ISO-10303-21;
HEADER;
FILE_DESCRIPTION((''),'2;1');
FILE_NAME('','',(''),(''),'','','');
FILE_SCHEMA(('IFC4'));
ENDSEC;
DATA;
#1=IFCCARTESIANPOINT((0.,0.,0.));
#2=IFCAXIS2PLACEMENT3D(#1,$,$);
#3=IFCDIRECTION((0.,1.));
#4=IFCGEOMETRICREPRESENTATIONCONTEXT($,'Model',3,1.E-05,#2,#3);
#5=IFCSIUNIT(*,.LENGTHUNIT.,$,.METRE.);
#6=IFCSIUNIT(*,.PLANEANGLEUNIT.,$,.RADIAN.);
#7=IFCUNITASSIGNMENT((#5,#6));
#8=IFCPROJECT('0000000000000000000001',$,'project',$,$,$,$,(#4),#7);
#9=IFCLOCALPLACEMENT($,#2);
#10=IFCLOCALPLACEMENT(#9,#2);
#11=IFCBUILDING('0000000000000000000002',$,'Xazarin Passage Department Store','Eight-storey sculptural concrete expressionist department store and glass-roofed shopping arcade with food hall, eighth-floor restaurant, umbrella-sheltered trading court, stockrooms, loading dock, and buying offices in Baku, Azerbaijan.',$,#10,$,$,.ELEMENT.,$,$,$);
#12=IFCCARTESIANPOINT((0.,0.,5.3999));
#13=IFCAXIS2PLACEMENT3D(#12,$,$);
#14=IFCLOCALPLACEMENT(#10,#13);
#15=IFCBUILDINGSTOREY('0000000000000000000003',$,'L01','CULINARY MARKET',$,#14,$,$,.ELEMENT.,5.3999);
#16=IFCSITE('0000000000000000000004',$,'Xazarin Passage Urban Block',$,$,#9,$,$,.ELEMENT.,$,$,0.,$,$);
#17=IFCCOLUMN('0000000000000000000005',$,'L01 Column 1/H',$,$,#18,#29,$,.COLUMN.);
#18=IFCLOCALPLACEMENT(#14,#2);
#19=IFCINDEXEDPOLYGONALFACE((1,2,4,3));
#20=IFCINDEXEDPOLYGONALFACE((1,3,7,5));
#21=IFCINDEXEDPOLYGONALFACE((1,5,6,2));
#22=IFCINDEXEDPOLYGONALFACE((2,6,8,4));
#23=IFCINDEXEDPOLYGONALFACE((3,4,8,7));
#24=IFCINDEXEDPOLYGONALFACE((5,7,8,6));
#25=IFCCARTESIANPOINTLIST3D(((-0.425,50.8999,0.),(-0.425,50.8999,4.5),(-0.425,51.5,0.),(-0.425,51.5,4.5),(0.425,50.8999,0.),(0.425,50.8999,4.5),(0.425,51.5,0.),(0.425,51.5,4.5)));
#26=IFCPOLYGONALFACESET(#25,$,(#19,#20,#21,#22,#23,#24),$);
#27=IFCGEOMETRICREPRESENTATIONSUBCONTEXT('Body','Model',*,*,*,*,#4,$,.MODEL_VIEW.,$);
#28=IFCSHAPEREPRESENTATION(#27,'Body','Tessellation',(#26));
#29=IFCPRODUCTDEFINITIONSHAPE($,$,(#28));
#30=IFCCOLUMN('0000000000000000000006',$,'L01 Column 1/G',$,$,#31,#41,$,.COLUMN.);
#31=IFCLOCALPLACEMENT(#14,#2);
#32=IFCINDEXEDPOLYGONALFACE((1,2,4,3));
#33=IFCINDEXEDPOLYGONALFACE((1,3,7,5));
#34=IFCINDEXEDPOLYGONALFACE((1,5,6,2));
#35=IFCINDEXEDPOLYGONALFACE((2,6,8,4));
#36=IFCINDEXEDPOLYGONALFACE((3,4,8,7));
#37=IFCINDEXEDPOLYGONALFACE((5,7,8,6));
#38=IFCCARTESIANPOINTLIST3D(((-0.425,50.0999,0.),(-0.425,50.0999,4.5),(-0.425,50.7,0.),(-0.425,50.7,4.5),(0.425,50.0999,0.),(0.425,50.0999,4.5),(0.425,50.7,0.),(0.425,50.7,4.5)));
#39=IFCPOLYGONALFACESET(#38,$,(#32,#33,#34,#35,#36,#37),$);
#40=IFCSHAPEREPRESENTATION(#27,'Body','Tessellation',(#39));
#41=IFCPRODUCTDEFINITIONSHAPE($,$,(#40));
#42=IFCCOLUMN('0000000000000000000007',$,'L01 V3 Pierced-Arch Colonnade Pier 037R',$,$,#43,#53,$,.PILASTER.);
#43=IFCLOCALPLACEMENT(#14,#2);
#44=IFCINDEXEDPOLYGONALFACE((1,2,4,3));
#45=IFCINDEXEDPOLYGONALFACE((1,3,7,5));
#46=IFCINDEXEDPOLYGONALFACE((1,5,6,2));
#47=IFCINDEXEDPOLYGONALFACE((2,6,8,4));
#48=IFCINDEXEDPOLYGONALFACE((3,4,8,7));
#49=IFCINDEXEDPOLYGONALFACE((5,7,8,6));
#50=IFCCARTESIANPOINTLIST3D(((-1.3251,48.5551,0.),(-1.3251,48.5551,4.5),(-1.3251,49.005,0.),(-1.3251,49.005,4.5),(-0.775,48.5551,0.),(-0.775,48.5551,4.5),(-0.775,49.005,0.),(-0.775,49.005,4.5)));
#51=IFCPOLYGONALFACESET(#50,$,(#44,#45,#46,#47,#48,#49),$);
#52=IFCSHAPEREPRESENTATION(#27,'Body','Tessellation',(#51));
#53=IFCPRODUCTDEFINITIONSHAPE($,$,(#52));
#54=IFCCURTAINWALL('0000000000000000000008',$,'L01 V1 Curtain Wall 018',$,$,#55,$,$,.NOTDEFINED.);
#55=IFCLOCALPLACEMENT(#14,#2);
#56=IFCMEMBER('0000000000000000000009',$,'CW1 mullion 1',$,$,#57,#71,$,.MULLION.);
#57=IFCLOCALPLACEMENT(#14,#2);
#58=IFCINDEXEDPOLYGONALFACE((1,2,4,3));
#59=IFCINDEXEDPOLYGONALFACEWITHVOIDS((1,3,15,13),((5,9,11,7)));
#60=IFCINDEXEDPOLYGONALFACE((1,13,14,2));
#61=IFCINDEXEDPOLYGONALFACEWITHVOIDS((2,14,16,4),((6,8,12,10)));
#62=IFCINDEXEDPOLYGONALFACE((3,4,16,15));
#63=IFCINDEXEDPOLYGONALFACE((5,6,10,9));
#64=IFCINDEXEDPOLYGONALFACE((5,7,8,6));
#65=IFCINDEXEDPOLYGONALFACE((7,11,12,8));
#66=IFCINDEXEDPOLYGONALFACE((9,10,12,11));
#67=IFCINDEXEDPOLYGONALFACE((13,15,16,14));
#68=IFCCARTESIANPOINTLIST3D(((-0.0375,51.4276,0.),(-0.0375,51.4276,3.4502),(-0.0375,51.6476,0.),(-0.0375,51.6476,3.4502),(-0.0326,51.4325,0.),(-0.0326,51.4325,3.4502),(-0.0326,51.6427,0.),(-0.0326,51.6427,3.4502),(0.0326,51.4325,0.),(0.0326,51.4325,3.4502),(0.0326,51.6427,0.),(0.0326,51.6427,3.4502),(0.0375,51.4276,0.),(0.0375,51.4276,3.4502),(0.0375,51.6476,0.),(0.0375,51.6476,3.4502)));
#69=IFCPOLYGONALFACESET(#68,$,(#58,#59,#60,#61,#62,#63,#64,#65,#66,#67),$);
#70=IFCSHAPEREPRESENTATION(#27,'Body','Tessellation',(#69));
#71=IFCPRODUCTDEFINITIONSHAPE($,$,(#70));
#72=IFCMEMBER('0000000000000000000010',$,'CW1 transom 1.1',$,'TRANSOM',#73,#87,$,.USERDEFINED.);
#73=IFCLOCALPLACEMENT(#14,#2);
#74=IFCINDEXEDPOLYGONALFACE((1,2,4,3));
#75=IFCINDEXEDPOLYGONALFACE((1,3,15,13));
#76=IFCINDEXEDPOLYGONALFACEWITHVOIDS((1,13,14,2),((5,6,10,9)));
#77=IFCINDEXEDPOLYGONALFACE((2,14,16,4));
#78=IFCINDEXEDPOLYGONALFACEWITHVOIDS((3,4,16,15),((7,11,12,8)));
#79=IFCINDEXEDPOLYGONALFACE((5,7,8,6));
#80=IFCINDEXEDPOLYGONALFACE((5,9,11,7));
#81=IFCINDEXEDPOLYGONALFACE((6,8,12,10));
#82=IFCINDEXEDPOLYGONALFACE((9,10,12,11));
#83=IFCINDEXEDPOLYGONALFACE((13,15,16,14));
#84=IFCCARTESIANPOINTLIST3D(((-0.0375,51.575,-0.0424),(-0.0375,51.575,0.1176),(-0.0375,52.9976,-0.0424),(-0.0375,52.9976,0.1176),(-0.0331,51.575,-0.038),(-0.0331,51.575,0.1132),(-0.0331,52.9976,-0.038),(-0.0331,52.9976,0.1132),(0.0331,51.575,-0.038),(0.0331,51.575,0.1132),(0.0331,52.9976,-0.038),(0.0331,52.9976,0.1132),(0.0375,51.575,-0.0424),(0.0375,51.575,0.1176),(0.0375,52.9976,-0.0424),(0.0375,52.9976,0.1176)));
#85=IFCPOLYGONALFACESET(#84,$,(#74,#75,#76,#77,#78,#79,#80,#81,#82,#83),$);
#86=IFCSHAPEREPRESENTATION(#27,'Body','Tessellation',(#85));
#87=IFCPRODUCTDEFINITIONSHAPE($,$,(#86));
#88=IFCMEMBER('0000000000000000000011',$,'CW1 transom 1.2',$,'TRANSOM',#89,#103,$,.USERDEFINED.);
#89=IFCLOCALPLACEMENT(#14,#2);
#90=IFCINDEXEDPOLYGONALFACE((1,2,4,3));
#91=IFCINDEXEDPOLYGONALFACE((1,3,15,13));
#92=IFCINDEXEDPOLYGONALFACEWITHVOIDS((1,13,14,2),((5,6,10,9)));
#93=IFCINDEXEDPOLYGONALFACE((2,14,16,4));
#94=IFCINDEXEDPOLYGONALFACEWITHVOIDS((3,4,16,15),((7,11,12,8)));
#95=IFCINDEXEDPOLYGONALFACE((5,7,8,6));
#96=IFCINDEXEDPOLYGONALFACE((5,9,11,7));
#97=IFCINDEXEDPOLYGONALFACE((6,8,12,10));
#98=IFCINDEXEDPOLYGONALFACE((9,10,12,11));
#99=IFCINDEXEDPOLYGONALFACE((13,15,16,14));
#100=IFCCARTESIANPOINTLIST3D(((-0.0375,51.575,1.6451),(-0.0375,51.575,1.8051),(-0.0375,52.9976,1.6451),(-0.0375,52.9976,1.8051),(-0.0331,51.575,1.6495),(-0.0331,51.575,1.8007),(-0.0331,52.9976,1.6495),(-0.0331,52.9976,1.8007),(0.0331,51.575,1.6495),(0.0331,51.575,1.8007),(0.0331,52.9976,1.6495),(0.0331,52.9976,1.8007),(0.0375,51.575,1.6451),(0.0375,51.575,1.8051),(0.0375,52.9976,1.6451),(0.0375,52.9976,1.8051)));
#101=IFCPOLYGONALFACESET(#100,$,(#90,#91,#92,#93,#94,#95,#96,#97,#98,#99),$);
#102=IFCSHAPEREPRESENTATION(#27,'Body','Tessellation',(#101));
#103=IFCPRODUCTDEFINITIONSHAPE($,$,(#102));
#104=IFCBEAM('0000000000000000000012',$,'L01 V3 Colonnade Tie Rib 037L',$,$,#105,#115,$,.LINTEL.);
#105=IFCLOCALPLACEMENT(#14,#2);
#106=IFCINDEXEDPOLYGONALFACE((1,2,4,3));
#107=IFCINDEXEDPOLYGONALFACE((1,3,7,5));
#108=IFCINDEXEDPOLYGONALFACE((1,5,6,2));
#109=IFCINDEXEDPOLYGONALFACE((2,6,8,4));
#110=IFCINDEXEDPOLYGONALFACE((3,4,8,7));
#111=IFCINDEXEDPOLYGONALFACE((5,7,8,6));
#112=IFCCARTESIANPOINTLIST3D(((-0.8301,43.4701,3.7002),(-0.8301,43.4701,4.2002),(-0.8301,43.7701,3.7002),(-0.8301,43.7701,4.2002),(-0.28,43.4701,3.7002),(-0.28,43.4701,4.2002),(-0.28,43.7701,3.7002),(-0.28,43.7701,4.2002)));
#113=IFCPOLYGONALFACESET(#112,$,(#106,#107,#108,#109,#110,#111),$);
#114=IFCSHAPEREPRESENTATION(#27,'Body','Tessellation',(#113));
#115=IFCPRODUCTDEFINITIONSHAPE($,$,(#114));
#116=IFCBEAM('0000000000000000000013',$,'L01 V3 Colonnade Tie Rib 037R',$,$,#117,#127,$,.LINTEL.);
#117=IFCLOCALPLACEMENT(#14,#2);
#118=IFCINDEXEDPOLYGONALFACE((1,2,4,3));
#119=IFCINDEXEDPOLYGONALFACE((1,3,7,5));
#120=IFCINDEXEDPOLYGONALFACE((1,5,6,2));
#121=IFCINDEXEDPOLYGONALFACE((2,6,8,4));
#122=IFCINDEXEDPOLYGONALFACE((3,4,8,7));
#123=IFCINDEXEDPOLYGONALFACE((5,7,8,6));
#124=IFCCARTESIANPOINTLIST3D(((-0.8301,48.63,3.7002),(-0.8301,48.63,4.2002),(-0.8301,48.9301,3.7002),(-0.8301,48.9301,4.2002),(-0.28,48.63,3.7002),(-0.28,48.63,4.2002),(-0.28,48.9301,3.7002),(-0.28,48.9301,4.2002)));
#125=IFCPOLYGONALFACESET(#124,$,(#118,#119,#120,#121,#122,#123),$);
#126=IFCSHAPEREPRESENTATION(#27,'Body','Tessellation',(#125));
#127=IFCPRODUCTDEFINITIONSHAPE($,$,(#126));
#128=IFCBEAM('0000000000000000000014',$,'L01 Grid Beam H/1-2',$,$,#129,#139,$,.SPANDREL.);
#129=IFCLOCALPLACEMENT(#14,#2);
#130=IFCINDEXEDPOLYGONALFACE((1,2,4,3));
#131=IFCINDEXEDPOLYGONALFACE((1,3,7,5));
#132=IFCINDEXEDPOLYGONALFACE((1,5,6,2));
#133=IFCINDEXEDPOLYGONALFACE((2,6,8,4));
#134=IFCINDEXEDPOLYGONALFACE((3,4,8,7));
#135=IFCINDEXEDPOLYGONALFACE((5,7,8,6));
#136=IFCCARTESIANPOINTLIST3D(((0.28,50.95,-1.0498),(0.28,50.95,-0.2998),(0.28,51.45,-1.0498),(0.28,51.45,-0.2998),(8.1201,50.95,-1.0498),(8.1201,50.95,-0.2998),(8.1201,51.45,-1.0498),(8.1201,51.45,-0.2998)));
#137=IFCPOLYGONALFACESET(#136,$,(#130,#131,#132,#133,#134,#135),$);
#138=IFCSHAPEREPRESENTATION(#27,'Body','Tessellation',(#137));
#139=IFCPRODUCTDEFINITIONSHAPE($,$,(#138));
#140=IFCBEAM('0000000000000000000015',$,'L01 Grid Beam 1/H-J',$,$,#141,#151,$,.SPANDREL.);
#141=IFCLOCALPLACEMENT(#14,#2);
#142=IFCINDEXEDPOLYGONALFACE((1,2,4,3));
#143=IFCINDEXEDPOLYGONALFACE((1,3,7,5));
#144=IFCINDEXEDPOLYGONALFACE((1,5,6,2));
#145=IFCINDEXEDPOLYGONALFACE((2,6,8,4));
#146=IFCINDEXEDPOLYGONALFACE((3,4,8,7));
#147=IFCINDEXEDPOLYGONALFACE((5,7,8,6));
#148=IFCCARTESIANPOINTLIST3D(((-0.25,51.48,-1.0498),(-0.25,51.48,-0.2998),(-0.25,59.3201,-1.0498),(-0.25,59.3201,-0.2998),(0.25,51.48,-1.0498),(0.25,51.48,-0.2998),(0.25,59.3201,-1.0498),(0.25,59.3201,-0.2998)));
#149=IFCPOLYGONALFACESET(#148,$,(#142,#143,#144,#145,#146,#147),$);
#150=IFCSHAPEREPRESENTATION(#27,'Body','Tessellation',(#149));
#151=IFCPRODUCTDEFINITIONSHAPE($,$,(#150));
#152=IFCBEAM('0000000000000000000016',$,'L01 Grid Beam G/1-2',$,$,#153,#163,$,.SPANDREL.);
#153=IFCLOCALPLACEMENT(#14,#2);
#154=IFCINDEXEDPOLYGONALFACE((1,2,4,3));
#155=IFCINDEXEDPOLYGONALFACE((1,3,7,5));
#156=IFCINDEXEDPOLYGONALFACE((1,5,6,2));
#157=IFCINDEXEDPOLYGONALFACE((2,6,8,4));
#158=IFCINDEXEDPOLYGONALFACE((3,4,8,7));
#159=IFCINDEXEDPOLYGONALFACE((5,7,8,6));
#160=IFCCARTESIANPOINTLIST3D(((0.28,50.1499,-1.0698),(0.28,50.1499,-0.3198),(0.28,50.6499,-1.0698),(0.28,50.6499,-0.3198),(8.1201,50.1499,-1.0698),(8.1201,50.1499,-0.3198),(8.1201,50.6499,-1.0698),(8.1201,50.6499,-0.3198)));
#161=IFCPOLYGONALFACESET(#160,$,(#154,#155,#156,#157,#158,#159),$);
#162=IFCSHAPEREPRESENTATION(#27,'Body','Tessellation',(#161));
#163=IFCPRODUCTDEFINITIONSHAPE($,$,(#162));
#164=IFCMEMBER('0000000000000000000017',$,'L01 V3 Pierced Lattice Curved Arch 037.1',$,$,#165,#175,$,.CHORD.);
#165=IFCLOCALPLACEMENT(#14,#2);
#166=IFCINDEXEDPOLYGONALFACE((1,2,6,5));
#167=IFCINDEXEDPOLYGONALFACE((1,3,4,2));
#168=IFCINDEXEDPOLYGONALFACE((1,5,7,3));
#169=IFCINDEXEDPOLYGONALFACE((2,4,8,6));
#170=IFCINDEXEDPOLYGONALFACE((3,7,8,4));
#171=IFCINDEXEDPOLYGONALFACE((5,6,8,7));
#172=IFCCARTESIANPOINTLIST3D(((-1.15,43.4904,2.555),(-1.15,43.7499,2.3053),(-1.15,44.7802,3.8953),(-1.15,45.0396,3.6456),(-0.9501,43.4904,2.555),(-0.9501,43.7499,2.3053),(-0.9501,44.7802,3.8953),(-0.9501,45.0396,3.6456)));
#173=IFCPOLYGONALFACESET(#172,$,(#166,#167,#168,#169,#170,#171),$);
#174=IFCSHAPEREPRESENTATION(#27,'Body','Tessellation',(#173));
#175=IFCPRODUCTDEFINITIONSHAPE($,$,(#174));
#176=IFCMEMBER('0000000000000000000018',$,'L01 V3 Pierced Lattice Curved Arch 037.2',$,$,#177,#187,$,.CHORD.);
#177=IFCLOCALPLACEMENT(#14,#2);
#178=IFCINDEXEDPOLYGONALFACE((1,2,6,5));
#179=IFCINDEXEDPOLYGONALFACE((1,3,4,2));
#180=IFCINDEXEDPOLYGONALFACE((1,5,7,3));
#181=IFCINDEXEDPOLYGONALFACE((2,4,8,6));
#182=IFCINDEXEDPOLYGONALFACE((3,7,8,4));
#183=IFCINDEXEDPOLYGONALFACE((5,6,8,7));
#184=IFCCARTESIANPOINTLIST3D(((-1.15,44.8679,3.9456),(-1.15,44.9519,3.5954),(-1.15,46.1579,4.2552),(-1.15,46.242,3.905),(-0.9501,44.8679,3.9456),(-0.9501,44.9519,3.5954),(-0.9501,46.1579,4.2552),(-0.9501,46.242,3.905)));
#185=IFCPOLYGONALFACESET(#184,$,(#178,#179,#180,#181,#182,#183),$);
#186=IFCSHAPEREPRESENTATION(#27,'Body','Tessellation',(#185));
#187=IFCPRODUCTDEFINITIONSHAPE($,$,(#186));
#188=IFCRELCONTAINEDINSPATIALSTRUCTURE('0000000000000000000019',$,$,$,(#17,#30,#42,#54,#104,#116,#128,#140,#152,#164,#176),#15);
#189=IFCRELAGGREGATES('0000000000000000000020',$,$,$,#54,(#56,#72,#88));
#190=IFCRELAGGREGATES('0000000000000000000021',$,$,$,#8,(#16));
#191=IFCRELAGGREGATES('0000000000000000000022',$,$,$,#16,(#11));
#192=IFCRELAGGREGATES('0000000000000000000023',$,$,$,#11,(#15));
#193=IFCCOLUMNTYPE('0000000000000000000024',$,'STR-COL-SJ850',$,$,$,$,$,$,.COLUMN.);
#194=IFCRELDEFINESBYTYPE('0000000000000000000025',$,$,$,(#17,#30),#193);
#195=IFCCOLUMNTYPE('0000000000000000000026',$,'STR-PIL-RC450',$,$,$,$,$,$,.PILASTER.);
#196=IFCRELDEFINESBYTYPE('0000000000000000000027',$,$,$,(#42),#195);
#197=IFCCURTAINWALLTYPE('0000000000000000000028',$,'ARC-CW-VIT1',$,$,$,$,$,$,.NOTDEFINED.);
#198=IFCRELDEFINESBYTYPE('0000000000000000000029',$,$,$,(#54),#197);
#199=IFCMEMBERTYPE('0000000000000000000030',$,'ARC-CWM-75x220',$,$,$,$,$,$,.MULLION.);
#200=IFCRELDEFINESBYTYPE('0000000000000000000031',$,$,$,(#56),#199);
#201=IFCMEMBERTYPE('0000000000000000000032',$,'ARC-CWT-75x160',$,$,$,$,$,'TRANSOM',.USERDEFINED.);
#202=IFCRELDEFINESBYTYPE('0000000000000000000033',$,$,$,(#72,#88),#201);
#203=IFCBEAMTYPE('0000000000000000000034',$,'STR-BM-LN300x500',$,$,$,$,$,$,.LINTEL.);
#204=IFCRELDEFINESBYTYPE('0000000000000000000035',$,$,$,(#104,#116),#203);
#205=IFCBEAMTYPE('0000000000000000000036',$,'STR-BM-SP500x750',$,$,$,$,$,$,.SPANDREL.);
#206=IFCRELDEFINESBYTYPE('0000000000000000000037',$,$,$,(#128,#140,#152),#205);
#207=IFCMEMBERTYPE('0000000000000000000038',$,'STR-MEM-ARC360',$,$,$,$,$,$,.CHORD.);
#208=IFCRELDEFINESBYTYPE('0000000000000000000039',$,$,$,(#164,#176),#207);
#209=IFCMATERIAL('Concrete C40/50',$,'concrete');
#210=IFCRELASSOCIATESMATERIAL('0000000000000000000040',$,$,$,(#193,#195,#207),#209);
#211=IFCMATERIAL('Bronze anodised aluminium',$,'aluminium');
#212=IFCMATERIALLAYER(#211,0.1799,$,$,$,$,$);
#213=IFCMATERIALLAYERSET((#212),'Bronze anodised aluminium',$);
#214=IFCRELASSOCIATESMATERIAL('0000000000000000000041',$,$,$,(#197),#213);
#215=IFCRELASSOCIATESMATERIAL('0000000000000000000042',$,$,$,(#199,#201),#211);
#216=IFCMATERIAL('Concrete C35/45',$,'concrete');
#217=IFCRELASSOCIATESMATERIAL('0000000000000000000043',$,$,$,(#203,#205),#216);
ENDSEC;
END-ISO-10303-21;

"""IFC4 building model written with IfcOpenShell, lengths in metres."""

from ifc_helpers import new_model, si_unit, direction, frame, origin, origin_2d, place, context, subcontext, project, spatial, rectangle, hollow_rectangle, extrude, material, layer, layer_set, material_profile, profile_set, type_object, element, aggregate, save


model = new_model("IFC4")

# Units and contexts
model_context = context("Model", 3, precision=1e-05, world=origin(), true_north=direction((0.0, 1.0)))
body_context = subcontext(model_context, "Body", "Model", "MODEL_VIEW")
ifc_project = project(units=[si_unit("LENGTHUNIT", "METRE"), si_unit("PLANEANGLEUNIT", "RADIAN")], contexts=[model_context])

# Site, building, storey
site_placement = place(None, origin())
site = spatial("IfcSite", under=ifc_project, at=site_placement, Name="Xazarin Passage Urban Block", CompositionType="ELEMENT", RefElevation=0.0)
building_placement = place(site_placement, origin())
building = spatial("IfcBuilding", under=site, at=building_placement, Name="Xazarin Passage Department Store", Description="Eight-storey sculptural concrete expressionist department store and glass-roofed shopping arcade with food hall, eighth-floor restaurant, umbrella-sheltered trading court, stockrooms, loading dock, and buying offices in Baku, Azerbaijan.", CompositionType="ELEMENT")
storey_placement = place(building_placement, frame((0.0, 0.0, 5.3999)))
storey = spatial("IfcBuildingStorey", under=building, at=storey_placement, Name="L01", Description="CULINARY MARKET", CompositionType="ELEMENT", Elevation=5.3999)

# Columns
ifc_material_1 = material(Name="Concrete C40/50", Category="concrete")
ifc_material_profile_1 = material_profile(ifc_material_1, rectangle(XDim=0.6001, YDim=0.8501, at=origin_2d()), Name="RC 600x850")
ifc_profile_set_1 = profile_set([ifc_material_profile_1], Name="Concrete C40/50")
column_type_1 = type_object("IfcColumnType", Name="STR-COL-SJ850", PredefinedType="COLUMN", material=ifc_profile_set_1)
for number, where, z_axis, x_axis, name in (
    (1, (0.0, 51.2, 0.0), (0.0, 0.0, 1.0), (0.0, 1.0, 0.0), "L01 Column 1/H"),
    (2, (0.0, 50.3999, 0.0), (0.0, 0.0, 1.0), (0.0, 1.0, 0.0), "L01 Column 1/G"),
):
    element("IfcColumn", number, at=place(storey_placement, frame(where, z_axis=z_axis, x_axis=x_axis)), inside=storey, type_object=column_type_1, Name=name, PredefinedType="COLUMN", context=body_context, shape_type="SweptSolid", body=[
        extrude(rectangle(XDim=0.6001, YDim=0.8501, at=origin_2d()), origin(), (0.0, 0.0, 1.0), 4.5),
    ])
ifc_material_profile_2 = material_profile(ifc_material_1, rectangle(XDim=0.45, YDim=0.55, at=origin_2d()), Name="RC 450x550")
ifc_profile_set_2 = profile_set([ifc_material_profile_2], Name="Concrete C40/50")
column_type_2 = type_object("IfcColumnType", Name="STR-PIL-RC450", PredefinedType="PILASTER", material=ifc_profile_set_2)
column_placement = place(storey_placement, frame((-1.05, 48.78, 0.0), z_axis=(0.0, 0.0, 1.0), x_axis=(0.0, 1.0, 0.0)))
element("IfcColumn", 3, at=column_placement, inside=storey, type_object=column_type_2, Name="L01 V3 Pierced-Arch Colonnade Pier 037R", PredefinedType="PILASTER", context=body_context, shape_type="SweptSolid", body=[
    extrude(rectangle(XDim=0.45, YDim=0.55, at=origin_2d()), origin(), (0.0, 0.0, 1.0), 4.5),
])

# Curtain wall, members
ifc_material_2 = material(Name="Bronze anodised aluminium", Category="aluminium")
ifc_layer_1 = layer(ifc_material_2, 0.1799)
ifc_layer_set_1 = layer_set([ifc_layer_1], Name="Bronze anodised aluminium")
curtain_wall_type = type_object("IfcCurtainWallType", Name="ARC-CW-VIT1", PredefinedType="NOTDEFINED", material=ifc_layer_set_1)
curtain_wall_placement = place(storey_placement, origin())
curtain_wall = element("IfcCurtainWall", 4, at=curtain_wall_placement, inside=storey, type_object=curtain_wall_type, Name="L01 V1 Curtain Wall 018", PredefinedType="NOTDEFINED")
ifc_material_profile_3 = material_profile(ifc_material_2, hollow_rectangle(XDim=0.075, YDim=0.22, WallThickness=0.0049, at=origin_2d()), Name="ALU 75x220")
ifc_profile_set_3 = profile_set([ifc_material_profile_3], Name="Bronze anodised aluminium")
member_type_1 = type_object("IfcMemberType", Name="ARC-CWM-75x220", PredefinedType="MULLION", material=ifc_profile_set_3)
member_1_placement = place(storey_placement, frame((0.0, 51.5376, 0.0), z_axis=(0.0, 0.0, 1.0), x_axis=(-1.0, 0.0, 0.0)))
member_1 = element("IfcMember", 5, at=member_1_placement, type_object=member_type_1, Name="CW1 mullion 1", PredefinedType="MULLION", context=body_context, shape_type="SweptSolid", body=[
    extrude(hollow_rectangle(XDim=0.075, YDim=0.22, WallThickness=0.0049, at=origin_2d()), origin(), (0.0, 0.0, 1.0), 3.4502),
])
ifc_material_profile_4 = material_profile(ifc_material_2, hollow_rectangle(XDim=0.075, YDim=0.1599, WallThickness=0.0044, at=origin_2d()), Name="ALU 75x160")
ifc_profile_set_4 = profile_set([ifc_material_profile_4], Name="Bronze anodised aluminium")
member_type_2 = type_object("IfcMemberType", Name="ARC-CWT-75x160", ElementType="TRANSOM", PredefinedType="USERDEFINED", material=ifc_profile_set_4)
member_2_placement = place(storey_placement, frame((0.0, 51.575, 0.0376), z_axis=(0.0, 1.0, 0.0), x_axis=(-1.0, 0.0, 0.0)))
member_2 = element("IfcMember", 6, at=member_2_placement, type_object=member_type_2, Name="CW1 transom 1.1", ObjectType="TRANSOM", PredefinedType="USERDEFINED", context=body_context, shape_type="SweptSolid", body=[
    extrude(hollow_rectangle(XDim=0.075, YDim=0.1599, WallThickness=0.0044, at=origin_2d()), origin(), (0.0, 0.0, 1.0), 1.4226),
])
member_3_placement = place(storey_placement, frame((0.0, 51.575, 1.7251), z_axis=(0.0, 1.0, 0.0), x_axis=(-1.0, 0.0, 0.0)))
member_3 = element("IfcMember", 7, at=member_3_placement, type_object=member_type_2, Name="CW1 transom 1.2", ObjectType="TRANSOM", PredefinedType="USERDEFINED", context=body_context, shape_type="SweptSolid", body=[
    extrude(hollow_rectangle(XDim=0.075, YDim=0.1599, WallThickness=0.0044, at=origin_2d()), origin(), (0.0, 0.0, 1.0), 1.4226),
])
aggregate(curtain_wall, [member_1, member_2, member_3])

# Beams
ifc_material_3 = material(Name="Concrete C35/45", Category="concrete")
ifc_material_profile_5 = material_profile(ifc_material_3, rectangle(XDim=0.3, YDim=0.5, at=origin_2d()), Name="RC 300x500")
ifc_profile_set_5 = profile_set([ifc_material_profile_5], Name="Concrete C35/45")
beam_type_1 = type_object("IfcBeamType", Name="STR-BM-LN300x500", PredefinedType="LINTEL", material=ifc_profile_set_5)
for number, where, z_axis, x_axis, name in (
    (8, (-0.28, 43.6201, 3.9502), (-1.0, 0.0, 0.0), (0.0, -1.0, 0.0), "L01 V3 Colonnade Tie Rib 037L"),
    (9, (-0.28, 48.78, 3.9502), (-1.0, 0.0, 0.0), (0.0, -1.0, 0.0), "L01 V3 Colonnade Tie Rib 037R"),
):
    element("IfcBeam", number, at=place(storey_placement, frame(where, z_axis=z_axis, x_axis=x_axis)), inside=storey, type_object=beam_type_1, Name=name, PredefinedType="LINTEL", context=body_context, shape_type="SweptSolid", body=[
        extrude(rectangle(XDim=0.3, YDim=0.5, at=origin_2d()), origin(), (0.0, 0.0, 1.0), 0.55),
    ])
ifc_material_profile_6 = material_profile(ifc_material_3, rectangle(XDim=0.5, YDim=0.75, at=origin_2d()), Name="RC 500x750")
ifc_profile_set_6 = profile_set([ifc_material_profile_6], Name="Concrete C35/45")
beam_type_2 = type_object("IfcBeamType", Name="STR-BM-SP500x750", PredefinedType="SPANDREL", material=ifc_profile_set_6)
for number, where, z_axis, x_axis, name in (
    (10, (0.28, 51.2, -0.6748), (1.0, 0.0, 0.0), (0.0, 1.0, 0.0), "L01 Grid Beam H/1-2"),
    (11, (0.0, 51.48, -0.6748), (0.0, 1.0, 0.0), (-1.0, 0.0, 0.0), "L01 Grid Beam 1/H-J"),
    (12, (0.28, 50.3999, -0.6948), (1.0, 0.0, 0.0), (0.0, 1.0, 0.0), "L01 Grid Beam G/1-2"),
):
    element("IfcBeam", number, at=place(storey_placement, frame(where, z_axis=z_axis, x_axis=x_axis)), inside=storey, type_object=beam_type_2, Name=name, PredefinedType="SPANDREL", context=body_context, shape_type="SweptSolid", body=[
        extrude(rectangle(XDim=0.5, YDim=0.75, at=origin_2d()), origin(), (0.0, 0.0, 1.0), 7.8401),
    ])

# Members
ifc_material_profile_7 = material_profile(ifc_material_1, rectangle(XDim=0.2, YDim=0.3601, at=origin_2d()), Name="RC 200x360")
ifc_profile_set_7 = profile_set([ifc_material_profile_7], Name="Concrete C40/50")
member_type_3 = type_object("IfcMemberType", Name="STR-MEM-ARC360", PredefinedType="CHORD", material=ifc_profile_set_7)
member_4_placement = place(storey_placement, frame((-1.05, 43.6201, 2.4302), z_axis=(0.0, 0.693392, 0.720561), x_axis=(-1.0, 0.0, 0.0)))
element("IfcMember", 13, at=member_4_placement, inside=storey, type_object=member_type_3, Name="L01 V3 Pierced Lattice Curved Arch 037.1", PredefinedType="CHORD", context=body_context, shape_type="SweptSolid", body=[
    extrude(rectangle(XDim=0.2, YDim=0.3601, at=origin_2d()), origin(), (0.0, 0.0, 1.0), 1.8601),
])
for number, where, z_axis, x_axis, name in (
    (14, (-1.05, 44.9099, 3.7705), (0.0, 0.972394, 0.233345), (-1.0, 0.0, 0.0), "L01 V3 Pierced Lattice Curved Arch 037.2"),
):
    element("IfcMember", number, at=place(storey_placement, frame(where, z_axis=z_axis, x_axis=x_axis)), inside=storey, type_object=member_type_3, Name=name, PredefinedType="CHORD", context=body_context, shape_type="SweptSolid", body=[
        extrude(rectangle(XDim=0.2, YDim=0.3601, at=origin_2d()), origin(), (0.0, 0.0, 1.0), 1.3267),
    ])

save(model, "model.ifc")
